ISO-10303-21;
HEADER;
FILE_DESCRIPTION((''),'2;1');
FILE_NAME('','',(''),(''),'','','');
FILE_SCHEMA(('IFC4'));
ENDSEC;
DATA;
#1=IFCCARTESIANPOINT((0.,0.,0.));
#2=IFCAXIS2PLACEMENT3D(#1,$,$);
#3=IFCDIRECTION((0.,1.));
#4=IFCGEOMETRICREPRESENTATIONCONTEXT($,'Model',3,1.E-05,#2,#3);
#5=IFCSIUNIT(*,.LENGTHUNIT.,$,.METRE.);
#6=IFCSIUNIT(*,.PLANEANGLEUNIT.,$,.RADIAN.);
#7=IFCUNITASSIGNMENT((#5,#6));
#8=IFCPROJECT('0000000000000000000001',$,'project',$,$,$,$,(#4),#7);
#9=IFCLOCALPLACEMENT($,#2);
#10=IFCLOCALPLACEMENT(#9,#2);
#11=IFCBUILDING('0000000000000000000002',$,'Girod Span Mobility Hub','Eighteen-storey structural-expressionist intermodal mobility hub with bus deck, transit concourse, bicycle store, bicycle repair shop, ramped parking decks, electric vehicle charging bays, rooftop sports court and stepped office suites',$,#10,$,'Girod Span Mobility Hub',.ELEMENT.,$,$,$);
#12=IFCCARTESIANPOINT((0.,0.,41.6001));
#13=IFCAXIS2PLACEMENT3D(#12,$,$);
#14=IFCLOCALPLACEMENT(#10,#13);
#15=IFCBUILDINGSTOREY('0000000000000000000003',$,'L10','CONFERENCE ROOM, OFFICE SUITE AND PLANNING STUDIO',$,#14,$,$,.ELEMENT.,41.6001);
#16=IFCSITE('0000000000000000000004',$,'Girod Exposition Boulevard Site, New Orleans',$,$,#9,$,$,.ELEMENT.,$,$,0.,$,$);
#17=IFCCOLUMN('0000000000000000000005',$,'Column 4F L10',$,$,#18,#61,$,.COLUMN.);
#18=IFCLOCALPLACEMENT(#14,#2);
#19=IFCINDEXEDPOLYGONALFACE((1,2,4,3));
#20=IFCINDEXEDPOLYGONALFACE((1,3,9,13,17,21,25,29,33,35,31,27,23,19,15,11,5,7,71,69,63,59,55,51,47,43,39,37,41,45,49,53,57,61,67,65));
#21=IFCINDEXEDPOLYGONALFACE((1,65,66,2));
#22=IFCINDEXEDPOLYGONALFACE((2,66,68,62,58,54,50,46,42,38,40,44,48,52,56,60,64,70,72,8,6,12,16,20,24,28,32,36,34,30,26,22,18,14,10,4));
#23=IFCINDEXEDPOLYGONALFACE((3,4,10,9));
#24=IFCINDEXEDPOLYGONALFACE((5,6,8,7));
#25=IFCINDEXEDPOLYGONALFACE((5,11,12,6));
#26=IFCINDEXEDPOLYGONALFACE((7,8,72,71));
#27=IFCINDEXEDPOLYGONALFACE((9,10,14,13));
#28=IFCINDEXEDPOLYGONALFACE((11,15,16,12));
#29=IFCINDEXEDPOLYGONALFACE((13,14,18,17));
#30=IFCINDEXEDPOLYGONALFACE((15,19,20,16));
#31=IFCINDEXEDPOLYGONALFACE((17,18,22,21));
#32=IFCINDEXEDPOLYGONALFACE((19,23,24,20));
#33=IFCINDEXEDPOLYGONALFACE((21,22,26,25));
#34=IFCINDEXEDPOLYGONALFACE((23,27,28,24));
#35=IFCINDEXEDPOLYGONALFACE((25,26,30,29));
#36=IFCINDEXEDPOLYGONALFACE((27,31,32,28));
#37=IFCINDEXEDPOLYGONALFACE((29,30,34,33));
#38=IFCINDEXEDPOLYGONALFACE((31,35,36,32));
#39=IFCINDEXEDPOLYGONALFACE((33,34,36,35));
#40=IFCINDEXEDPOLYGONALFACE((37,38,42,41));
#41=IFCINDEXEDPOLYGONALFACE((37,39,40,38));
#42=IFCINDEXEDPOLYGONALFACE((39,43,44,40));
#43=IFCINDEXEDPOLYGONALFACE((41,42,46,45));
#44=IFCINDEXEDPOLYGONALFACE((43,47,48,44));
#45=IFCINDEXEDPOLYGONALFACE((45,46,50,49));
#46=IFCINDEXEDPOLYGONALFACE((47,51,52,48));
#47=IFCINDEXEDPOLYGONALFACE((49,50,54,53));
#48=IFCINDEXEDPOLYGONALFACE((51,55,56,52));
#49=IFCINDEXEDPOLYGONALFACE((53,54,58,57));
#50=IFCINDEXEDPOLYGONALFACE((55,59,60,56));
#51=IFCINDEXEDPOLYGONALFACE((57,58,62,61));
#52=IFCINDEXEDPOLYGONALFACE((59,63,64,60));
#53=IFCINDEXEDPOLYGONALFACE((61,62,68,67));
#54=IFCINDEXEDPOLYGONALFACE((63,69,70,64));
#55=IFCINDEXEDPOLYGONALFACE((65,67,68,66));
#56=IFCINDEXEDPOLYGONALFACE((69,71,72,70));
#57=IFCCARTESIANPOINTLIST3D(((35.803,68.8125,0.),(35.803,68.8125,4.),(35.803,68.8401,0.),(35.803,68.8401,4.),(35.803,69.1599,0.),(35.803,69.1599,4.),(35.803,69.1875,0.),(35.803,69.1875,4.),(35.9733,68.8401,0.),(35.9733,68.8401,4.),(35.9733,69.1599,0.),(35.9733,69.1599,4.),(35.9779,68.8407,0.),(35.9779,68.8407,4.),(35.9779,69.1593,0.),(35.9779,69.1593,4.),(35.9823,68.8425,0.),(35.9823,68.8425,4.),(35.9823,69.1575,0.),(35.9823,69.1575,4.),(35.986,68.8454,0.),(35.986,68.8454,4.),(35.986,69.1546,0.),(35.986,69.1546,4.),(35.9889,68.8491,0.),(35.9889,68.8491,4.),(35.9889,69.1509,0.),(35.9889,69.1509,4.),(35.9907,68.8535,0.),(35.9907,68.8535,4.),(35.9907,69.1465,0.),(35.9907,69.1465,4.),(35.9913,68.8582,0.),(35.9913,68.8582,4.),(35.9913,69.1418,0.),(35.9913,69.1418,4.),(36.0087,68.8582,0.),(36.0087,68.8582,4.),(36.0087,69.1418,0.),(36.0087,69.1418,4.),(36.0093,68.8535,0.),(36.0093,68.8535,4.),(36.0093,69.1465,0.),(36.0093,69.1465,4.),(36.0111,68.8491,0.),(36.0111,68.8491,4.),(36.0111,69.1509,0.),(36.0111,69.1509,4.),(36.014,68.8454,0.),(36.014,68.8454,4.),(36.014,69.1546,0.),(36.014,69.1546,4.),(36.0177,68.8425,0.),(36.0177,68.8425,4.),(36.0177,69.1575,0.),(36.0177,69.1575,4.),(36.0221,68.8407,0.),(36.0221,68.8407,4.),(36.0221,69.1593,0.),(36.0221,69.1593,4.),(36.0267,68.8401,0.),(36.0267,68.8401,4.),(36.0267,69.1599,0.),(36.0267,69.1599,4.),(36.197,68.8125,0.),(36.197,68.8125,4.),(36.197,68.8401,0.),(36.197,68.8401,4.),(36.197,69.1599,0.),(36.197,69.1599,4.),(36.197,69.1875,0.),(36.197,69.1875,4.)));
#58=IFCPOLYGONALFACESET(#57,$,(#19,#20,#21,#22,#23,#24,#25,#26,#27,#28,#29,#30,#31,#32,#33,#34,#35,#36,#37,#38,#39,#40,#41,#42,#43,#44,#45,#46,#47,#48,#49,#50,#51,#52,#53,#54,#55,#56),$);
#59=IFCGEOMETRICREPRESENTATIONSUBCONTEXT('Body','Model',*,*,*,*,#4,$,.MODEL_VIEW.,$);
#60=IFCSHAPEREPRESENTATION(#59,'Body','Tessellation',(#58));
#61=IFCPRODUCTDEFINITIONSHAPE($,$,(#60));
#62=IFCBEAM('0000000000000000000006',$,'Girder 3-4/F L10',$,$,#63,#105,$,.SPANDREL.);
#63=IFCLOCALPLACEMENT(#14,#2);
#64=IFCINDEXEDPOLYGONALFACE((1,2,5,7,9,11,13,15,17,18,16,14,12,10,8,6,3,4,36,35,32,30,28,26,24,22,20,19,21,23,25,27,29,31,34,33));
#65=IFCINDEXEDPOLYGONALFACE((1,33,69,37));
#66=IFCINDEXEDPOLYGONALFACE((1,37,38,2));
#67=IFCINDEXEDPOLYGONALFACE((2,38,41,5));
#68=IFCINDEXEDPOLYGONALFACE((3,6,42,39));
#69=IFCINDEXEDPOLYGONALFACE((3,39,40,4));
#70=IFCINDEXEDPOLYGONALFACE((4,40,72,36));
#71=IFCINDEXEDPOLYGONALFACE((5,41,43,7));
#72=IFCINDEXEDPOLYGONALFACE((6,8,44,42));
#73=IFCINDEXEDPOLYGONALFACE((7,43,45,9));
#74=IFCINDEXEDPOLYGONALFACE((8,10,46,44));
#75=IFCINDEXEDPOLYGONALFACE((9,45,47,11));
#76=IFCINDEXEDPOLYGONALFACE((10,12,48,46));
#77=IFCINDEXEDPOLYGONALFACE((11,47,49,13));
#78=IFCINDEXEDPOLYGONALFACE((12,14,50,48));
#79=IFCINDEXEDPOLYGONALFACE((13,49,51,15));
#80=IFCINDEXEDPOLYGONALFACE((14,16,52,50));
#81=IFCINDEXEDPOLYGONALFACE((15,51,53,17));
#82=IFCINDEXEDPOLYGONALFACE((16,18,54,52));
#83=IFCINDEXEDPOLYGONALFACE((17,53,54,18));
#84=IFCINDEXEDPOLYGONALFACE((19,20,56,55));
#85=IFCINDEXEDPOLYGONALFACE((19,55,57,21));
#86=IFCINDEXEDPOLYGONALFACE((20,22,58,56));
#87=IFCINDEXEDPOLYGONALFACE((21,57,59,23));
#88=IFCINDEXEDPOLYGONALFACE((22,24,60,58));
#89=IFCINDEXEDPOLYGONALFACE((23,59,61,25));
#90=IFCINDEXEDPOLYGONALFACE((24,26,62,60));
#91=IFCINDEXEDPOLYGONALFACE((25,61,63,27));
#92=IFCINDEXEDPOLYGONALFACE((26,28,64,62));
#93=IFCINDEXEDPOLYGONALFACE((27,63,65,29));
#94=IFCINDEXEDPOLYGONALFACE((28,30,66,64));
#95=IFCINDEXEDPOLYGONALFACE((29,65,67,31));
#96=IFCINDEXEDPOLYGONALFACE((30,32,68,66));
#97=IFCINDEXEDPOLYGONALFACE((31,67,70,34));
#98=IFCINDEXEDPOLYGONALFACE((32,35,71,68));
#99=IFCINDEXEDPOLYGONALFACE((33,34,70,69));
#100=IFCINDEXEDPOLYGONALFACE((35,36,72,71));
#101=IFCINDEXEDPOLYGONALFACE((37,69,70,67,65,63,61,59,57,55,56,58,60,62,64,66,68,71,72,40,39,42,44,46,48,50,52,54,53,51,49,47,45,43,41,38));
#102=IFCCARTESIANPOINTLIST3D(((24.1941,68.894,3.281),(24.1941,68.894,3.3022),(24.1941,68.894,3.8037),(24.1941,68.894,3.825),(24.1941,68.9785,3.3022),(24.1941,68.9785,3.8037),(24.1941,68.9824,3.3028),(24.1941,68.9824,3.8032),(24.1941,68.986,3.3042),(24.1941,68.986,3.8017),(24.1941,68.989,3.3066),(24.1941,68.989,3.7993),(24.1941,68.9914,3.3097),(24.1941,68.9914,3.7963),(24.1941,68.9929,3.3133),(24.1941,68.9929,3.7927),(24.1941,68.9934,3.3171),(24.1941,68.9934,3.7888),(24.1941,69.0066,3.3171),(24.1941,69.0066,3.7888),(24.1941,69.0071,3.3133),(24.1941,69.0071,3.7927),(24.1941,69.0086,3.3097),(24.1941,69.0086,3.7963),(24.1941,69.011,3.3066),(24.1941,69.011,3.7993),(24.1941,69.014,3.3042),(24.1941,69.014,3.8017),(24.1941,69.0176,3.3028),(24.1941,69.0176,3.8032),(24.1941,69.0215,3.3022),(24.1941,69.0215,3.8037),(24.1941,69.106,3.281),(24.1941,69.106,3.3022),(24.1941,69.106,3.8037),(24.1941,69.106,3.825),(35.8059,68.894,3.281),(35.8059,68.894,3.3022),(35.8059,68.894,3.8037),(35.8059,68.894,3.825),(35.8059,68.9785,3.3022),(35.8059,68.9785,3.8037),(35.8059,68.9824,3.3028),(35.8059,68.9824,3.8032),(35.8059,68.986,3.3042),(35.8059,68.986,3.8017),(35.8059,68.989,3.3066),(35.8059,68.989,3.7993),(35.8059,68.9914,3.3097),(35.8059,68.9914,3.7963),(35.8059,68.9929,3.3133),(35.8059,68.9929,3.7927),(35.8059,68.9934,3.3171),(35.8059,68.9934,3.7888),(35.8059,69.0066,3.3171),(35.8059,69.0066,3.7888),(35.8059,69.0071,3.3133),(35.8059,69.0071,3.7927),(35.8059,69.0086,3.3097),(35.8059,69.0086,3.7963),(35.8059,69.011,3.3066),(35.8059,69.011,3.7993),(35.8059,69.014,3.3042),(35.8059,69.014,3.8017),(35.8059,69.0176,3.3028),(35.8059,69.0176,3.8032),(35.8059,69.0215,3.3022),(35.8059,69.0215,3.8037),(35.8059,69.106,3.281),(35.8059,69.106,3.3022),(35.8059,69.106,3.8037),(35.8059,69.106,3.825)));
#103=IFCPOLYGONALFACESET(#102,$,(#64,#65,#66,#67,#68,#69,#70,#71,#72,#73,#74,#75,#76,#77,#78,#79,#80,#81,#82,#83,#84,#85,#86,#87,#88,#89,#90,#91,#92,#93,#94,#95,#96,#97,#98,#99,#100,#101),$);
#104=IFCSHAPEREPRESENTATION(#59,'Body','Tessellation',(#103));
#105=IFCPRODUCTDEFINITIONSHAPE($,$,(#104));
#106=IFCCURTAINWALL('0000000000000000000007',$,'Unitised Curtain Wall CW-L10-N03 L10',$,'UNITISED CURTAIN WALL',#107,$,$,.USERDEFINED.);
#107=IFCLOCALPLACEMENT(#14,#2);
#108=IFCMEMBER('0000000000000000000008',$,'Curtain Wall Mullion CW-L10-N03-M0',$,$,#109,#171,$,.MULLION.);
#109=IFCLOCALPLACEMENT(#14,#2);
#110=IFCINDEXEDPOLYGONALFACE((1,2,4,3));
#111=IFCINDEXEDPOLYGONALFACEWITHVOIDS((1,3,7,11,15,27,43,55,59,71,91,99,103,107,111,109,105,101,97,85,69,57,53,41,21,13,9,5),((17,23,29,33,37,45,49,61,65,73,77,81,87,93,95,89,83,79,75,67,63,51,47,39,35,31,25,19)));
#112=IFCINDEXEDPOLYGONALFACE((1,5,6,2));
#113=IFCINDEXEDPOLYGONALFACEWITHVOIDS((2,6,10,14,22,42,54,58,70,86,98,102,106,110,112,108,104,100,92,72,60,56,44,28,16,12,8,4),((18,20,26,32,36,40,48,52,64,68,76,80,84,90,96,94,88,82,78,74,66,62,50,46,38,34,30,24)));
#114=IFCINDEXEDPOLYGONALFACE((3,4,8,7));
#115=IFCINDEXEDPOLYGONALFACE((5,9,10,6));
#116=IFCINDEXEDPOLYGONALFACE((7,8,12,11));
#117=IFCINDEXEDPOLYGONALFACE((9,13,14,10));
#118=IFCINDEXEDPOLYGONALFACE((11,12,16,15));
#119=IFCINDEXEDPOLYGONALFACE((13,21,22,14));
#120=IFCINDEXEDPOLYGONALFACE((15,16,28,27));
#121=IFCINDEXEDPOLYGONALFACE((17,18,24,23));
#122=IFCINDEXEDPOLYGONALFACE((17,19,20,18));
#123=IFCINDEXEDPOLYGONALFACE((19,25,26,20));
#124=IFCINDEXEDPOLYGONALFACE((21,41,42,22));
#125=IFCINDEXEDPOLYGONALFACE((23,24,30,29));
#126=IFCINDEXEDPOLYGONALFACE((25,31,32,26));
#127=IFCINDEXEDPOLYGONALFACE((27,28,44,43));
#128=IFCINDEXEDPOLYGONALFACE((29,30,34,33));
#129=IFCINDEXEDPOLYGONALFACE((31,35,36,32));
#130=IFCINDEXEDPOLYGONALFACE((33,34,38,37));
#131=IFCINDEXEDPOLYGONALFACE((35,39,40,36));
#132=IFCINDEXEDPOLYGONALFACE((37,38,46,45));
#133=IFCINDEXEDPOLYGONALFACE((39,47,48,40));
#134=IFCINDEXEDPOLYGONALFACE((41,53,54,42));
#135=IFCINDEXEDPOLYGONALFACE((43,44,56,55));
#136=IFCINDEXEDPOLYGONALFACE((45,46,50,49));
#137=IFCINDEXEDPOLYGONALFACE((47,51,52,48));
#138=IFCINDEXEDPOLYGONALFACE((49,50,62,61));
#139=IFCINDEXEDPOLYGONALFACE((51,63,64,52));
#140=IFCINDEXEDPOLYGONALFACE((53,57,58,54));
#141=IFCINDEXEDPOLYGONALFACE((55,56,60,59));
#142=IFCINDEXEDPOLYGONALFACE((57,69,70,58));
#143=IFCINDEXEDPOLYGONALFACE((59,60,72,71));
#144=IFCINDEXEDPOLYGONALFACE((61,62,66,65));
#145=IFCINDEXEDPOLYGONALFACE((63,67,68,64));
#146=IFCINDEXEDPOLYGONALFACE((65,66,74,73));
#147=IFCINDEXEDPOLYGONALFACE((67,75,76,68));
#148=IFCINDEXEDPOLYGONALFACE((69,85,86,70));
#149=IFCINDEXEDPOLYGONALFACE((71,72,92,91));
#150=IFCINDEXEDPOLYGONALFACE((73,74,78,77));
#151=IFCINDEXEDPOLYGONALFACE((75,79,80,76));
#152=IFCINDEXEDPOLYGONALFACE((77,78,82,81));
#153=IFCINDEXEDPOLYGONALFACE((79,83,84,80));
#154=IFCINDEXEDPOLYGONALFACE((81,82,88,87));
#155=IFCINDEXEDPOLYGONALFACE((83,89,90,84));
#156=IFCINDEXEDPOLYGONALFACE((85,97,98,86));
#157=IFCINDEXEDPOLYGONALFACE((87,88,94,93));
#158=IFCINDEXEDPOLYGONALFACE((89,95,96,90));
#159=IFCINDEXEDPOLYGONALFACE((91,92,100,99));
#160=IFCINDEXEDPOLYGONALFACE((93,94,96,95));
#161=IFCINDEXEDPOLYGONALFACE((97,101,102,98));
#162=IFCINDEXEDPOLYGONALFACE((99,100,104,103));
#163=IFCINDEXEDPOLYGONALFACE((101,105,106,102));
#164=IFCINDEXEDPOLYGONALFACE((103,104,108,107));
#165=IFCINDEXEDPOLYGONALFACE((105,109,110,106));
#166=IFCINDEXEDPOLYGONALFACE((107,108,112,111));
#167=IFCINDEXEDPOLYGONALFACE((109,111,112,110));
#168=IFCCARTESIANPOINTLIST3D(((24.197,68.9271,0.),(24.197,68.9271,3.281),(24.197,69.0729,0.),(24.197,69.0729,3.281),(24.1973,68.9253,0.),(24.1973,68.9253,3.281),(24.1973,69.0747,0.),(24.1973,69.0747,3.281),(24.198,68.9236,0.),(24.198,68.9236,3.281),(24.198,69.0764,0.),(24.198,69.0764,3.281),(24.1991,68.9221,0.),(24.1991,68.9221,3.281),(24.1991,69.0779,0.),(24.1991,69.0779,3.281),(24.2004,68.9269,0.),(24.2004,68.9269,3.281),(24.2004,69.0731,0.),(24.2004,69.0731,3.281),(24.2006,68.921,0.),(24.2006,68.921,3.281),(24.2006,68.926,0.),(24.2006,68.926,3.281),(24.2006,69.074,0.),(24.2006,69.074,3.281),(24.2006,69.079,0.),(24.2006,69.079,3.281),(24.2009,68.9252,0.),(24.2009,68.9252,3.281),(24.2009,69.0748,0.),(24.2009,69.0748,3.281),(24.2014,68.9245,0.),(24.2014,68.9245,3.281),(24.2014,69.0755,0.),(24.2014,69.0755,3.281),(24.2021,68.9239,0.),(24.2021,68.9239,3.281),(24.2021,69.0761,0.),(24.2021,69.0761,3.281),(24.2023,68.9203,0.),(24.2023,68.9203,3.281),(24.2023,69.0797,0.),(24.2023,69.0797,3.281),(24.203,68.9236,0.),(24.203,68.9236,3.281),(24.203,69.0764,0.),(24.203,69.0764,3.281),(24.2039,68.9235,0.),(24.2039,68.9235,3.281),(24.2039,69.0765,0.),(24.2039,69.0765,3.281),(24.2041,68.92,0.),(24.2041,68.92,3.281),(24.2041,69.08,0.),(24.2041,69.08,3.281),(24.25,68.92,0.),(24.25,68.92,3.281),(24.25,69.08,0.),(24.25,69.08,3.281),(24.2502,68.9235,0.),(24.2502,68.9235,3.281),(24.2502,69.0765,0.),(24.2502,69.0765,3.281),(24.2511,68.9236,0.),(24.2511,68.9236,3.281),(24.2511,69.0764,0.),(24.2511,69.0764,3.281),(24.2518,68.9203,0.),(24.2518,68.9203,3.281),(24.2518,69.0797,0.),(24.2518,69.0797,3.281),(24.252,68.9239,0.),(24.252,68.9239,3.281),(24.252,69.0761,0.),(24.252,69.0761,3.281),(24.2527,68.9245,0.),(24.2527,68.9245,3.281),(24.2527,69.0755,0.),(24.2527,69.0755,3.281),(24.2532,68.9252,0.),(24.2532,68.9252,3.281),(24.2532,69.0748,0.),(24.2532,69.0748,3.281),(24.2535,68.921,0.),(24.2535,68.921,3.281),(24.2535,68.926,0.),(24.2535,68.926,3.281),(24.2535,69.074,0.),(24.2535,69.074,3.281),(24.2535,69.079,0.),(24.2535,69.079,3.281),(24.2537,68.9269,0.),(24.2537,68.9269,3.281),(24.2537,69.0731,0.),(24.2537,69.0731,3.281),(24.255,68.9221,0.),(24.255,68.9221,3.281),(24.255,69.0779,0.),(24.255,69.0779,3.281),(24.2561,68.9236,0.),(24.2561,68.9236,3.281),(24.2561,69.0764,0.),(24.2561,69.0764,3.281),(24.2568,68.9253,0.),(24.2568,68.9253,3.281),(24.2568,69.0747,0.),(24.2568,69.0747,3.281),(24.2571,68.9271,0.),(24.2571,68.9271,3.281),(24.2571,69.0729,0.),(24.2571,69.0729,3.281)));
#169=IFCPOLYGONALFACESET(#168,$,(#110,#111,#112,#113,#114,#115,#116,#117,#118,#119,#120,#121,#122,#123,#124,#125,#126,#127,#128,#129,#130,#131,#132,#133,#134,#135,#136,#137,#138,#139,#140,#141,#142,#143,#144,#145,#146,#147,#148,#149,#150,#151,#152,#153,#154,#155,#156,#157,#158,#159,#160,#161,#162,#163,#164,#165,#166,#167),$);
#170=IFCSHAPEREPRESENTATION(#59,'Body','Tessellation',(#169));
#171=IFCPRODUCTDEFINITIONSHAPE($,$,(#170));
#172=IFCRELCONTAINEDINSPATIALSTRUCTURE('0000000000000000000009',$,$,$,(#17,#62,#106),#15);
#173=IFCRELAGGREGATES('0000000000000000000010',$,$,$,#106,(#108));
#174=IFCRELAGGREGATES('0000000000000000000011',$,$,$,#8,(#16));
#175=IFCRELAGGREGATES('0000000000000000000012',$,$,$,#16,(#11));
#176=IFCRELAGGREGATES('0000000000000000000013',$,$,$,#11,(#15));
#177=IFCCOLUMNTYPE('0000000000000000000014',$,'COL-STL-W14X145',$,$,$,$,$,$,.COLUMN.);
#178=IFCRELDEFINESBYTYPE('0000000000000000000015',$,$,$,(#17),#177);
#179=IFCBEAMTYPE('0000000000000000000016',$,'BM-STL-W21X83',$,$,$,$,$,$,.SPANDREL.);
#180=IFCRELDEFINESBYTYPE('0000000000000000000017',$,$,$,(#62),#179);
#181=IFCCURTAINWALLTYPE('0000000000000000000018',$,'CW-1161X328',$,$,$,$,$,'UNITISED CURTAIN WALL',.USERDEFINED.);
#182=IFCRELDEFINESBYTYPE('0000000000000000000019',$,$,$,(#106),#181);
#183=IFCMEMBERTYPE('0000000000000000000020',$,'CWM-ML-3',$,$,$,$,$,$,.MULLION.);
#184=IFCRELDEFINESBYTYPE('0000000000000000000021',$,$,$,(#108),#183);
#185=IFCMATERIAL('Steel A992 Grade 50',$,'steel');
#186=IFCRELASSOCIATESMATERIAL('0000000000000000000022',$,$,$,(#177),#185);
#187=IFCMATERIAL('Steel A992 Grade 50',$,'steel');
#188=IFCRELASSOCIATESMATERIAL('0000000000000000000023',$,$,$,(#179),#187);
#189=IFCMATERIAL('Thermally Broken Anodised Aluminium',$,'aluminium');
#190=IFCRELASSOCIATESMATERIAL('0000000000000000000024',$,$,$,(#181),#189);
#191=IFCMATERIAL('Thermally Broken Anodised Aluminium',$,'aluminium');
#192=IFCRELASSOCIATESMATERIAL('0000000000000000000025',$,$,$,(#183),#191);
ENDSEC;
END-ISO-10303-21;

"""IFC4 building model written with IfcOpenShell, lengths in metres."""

from ifc_helpers import new_model, si_unit, direction, frame, origin, origin_2d, place, context, subcontext, project, spatial, hollow_rectangle, i_section, extrude, material, material_profile, profile_set, type_object, element, aggregate, save


model = new_model("IFC4")

# Units and contexts
model_context = context("Model", 3, precision=1e-05, world=origin(), true_north=direction((0.0, 1.0)))
body_context = subcontext(model_context, "Body", "Model", "MODEL_VIEW")
ifc_project = project(units=[si_unit("LENGTHUNIT", "METRE"), si_unit("PLANEANGLEUNIT", "RADIAN")], contexts=[model_context])

# Site, building, storey
site_placement = place(None, origin())
site = spatial("IfcSite", under=ifc_project, at=site_placement, Name="Girod Exposition Boulevard Site, New Orleans", CompositionType="ELEMENT", RefElevation=0.0)
building_placement = place(site_placement, origin())
building = spatial("IfcBuilding", under=site, at=building_placement, Name="Girod Span Mobility Hub", Description="Eighteen-storey structural-expressionist intermodal mobility hub with bus deck, transit concourse, bicycle store, bicycle repair shop, ramped parking decks, electric vehicle charging bays, rooftop sports court and stepped office suites", LongName="Girod Span Mobility Hub", CompositionType="ELEMENT")
storey_placement = place(building_placement, frame((0.0, 0.0, 41.6001)))
storey = spatial("IfcBuildingStorey", under=building, at=storey_placement, Name="L10", Description="CONFERENCE ROOM, OFFICE SUITE AND PLANNING STUDIO", CompositionType="ELEMENT", Elevation=41.6001)

# Column
ifc_material_1 = material(Name="Steel A992 Grade 50", Category="steel")
ifc_material_profile_1 = material_profile(ifc_material_1, i_section(OverallWidth=0.394, OverallDepth=0.375, WebThickness=0.0173, FlangeThickness=0.0276, FilletRadius=0.0181, at=origin_2d()), Name="W14X145")
ifc_profile_set_1 = profile_set([ifc_material_profile_1], Name="Steel A992 Grade 50")
column_type = type_object("IfcColumnType", Name="COL-STL-W14X145", PredefinedType="COLUMN", material=ifc_profile_set_1)
column_placement = place(storey_placement, frame((36.0, 69.0, 0.0), z_axis=(0.0, 0.0, 1.0), x_axis=(1.0, 0.0, 0.0)))
element("IfcColumn", 1, at=column_placement, inside=storey, type_object=column_type, Name="Column 4F L10", PredefinedType="COLUMN", context=body_context, shape_type="SweptSolid", body=[
    extrude(i_section(OverallWidth=0.394, OverallDepth=0.375, WebThickness=0.0173, FlangeThickness=0.0276, FilletRadius=0.0181, at=origin_2d()), origin(), (0.0, 0.0, 1.0), 4.0),
])

# Beam
ifc_material_2 = material(Name="Steel A992 Grade 50", Category="steel")
ifc_material_profile_2 = material_profile(ifc_material_2, i_section(OverallWidth=0.2119, OverallDepth=0.5439, WebThickness=0.0132, FlangeThickness=0.0212, FilletRadius=0.0149, at=origin_2d()), Name="W21X83")
ifc_profile_set_2 = profile_set([ifc_material_profile_2], Name="Steel A992 Grade 50")
beam_type = type_object("IfcBeamType", Name="BM-STL-W21X83", PredefinedType="SPANDREL", material=ifc_profile_set_2)
beam_placement = place(storey_placement, frame((24.1941, 69.0, 3.553), z_axis=(1.0, 0.0, 0.0), x_axis=(0.0, 1.0, 0.0)))
element("IfcBeam", 2, at=beam_placement, inside=storey, type_object=beam_type, Name="Girder 3-4/F L10", PredefinedType="SPANDREL", context=body_context, shape_type="SweptSolid", body=[
    extrude(i_section(OverallWidth=0.2119, OverallDepth=0.5439, WebThickness=0.0132, FlangeThickness=0.0212, FilletRadius=0.0149, at=origin_2d()), origin(), (0.0, 0.0, 1.0), 11.6118),
])

# Curtain wall, member
ifc_material_3 = material(Name="Thermally Broken Anodised Aluminium", Category="aluminium")
curtain_wall_type = type_object("IfcCurtainWallType", Name="CW-1161X328", ElementType="UNITISED CURTAIN WALL", PredefinedType="USERDEFINED", material=ifc_material_3)
curtain_wall_placement = place(storey_placement, origin())
curtain_wall = element("IfcCurtainWall", 3, at=curtain_wall_placement, inside=storey, type_object=curtain_wall_type, Name="Unitised Curtain Wall CW-L10-N03 L10", ObjectType="UNITISED CURTAIN WALL", PredefinedType="USERDEFINED")
ifc_material_4 = material(Name="Thermally Broken Anodised Aluminium", Category="aluminium")
ifc_material_profile_3 = material_profile(ifc_material_4, hollow_rectangle(XDim=0.1599, YDim=0.0601, WallThickness=0.0034, InnerFilletRadius=0.0034, OuterFilletRadius=0.0071, at=origin_2d()), Name="CW-ML-60X160")
ifc_profile_set_3 = profile_set([ifc_material_profile_3], Name="Thermally Broken Anodised Aluminium")
member_type_1 = type_object("IfcMemberType", Name="CWM-ML-3", PredefinedType="MULLION", material=ifc_profile_set_3)
member_1_placement = place(storey_placement, frame((24.2271, 69.0, 0.0), z_axis=(0.0, 0.0, 1.0), x_axis=(0.0, 1.0, 0.0)))
member_1 = element("IfcMember", 4, at=member_1_placement, type_object=member_type_1, Name="Curtain Wall Mullion CW-L10-N03-M0", PredefinedType="MULLION", context=body_context, shape_type="SweptSolid", body=[
    extrude(hollow_rectangle(XDim=0.1599, YDim=0.0601, WallThickness=0.0034, InnerFilletRadius=0.0034, OuterFilletRadius=0.0071, at=origin_2d()), origin(), (0.0, 0.0, 1.0), 3.281),
])

aggregate(curtain_wall, [member_1])

save(model, "model.ifc")
